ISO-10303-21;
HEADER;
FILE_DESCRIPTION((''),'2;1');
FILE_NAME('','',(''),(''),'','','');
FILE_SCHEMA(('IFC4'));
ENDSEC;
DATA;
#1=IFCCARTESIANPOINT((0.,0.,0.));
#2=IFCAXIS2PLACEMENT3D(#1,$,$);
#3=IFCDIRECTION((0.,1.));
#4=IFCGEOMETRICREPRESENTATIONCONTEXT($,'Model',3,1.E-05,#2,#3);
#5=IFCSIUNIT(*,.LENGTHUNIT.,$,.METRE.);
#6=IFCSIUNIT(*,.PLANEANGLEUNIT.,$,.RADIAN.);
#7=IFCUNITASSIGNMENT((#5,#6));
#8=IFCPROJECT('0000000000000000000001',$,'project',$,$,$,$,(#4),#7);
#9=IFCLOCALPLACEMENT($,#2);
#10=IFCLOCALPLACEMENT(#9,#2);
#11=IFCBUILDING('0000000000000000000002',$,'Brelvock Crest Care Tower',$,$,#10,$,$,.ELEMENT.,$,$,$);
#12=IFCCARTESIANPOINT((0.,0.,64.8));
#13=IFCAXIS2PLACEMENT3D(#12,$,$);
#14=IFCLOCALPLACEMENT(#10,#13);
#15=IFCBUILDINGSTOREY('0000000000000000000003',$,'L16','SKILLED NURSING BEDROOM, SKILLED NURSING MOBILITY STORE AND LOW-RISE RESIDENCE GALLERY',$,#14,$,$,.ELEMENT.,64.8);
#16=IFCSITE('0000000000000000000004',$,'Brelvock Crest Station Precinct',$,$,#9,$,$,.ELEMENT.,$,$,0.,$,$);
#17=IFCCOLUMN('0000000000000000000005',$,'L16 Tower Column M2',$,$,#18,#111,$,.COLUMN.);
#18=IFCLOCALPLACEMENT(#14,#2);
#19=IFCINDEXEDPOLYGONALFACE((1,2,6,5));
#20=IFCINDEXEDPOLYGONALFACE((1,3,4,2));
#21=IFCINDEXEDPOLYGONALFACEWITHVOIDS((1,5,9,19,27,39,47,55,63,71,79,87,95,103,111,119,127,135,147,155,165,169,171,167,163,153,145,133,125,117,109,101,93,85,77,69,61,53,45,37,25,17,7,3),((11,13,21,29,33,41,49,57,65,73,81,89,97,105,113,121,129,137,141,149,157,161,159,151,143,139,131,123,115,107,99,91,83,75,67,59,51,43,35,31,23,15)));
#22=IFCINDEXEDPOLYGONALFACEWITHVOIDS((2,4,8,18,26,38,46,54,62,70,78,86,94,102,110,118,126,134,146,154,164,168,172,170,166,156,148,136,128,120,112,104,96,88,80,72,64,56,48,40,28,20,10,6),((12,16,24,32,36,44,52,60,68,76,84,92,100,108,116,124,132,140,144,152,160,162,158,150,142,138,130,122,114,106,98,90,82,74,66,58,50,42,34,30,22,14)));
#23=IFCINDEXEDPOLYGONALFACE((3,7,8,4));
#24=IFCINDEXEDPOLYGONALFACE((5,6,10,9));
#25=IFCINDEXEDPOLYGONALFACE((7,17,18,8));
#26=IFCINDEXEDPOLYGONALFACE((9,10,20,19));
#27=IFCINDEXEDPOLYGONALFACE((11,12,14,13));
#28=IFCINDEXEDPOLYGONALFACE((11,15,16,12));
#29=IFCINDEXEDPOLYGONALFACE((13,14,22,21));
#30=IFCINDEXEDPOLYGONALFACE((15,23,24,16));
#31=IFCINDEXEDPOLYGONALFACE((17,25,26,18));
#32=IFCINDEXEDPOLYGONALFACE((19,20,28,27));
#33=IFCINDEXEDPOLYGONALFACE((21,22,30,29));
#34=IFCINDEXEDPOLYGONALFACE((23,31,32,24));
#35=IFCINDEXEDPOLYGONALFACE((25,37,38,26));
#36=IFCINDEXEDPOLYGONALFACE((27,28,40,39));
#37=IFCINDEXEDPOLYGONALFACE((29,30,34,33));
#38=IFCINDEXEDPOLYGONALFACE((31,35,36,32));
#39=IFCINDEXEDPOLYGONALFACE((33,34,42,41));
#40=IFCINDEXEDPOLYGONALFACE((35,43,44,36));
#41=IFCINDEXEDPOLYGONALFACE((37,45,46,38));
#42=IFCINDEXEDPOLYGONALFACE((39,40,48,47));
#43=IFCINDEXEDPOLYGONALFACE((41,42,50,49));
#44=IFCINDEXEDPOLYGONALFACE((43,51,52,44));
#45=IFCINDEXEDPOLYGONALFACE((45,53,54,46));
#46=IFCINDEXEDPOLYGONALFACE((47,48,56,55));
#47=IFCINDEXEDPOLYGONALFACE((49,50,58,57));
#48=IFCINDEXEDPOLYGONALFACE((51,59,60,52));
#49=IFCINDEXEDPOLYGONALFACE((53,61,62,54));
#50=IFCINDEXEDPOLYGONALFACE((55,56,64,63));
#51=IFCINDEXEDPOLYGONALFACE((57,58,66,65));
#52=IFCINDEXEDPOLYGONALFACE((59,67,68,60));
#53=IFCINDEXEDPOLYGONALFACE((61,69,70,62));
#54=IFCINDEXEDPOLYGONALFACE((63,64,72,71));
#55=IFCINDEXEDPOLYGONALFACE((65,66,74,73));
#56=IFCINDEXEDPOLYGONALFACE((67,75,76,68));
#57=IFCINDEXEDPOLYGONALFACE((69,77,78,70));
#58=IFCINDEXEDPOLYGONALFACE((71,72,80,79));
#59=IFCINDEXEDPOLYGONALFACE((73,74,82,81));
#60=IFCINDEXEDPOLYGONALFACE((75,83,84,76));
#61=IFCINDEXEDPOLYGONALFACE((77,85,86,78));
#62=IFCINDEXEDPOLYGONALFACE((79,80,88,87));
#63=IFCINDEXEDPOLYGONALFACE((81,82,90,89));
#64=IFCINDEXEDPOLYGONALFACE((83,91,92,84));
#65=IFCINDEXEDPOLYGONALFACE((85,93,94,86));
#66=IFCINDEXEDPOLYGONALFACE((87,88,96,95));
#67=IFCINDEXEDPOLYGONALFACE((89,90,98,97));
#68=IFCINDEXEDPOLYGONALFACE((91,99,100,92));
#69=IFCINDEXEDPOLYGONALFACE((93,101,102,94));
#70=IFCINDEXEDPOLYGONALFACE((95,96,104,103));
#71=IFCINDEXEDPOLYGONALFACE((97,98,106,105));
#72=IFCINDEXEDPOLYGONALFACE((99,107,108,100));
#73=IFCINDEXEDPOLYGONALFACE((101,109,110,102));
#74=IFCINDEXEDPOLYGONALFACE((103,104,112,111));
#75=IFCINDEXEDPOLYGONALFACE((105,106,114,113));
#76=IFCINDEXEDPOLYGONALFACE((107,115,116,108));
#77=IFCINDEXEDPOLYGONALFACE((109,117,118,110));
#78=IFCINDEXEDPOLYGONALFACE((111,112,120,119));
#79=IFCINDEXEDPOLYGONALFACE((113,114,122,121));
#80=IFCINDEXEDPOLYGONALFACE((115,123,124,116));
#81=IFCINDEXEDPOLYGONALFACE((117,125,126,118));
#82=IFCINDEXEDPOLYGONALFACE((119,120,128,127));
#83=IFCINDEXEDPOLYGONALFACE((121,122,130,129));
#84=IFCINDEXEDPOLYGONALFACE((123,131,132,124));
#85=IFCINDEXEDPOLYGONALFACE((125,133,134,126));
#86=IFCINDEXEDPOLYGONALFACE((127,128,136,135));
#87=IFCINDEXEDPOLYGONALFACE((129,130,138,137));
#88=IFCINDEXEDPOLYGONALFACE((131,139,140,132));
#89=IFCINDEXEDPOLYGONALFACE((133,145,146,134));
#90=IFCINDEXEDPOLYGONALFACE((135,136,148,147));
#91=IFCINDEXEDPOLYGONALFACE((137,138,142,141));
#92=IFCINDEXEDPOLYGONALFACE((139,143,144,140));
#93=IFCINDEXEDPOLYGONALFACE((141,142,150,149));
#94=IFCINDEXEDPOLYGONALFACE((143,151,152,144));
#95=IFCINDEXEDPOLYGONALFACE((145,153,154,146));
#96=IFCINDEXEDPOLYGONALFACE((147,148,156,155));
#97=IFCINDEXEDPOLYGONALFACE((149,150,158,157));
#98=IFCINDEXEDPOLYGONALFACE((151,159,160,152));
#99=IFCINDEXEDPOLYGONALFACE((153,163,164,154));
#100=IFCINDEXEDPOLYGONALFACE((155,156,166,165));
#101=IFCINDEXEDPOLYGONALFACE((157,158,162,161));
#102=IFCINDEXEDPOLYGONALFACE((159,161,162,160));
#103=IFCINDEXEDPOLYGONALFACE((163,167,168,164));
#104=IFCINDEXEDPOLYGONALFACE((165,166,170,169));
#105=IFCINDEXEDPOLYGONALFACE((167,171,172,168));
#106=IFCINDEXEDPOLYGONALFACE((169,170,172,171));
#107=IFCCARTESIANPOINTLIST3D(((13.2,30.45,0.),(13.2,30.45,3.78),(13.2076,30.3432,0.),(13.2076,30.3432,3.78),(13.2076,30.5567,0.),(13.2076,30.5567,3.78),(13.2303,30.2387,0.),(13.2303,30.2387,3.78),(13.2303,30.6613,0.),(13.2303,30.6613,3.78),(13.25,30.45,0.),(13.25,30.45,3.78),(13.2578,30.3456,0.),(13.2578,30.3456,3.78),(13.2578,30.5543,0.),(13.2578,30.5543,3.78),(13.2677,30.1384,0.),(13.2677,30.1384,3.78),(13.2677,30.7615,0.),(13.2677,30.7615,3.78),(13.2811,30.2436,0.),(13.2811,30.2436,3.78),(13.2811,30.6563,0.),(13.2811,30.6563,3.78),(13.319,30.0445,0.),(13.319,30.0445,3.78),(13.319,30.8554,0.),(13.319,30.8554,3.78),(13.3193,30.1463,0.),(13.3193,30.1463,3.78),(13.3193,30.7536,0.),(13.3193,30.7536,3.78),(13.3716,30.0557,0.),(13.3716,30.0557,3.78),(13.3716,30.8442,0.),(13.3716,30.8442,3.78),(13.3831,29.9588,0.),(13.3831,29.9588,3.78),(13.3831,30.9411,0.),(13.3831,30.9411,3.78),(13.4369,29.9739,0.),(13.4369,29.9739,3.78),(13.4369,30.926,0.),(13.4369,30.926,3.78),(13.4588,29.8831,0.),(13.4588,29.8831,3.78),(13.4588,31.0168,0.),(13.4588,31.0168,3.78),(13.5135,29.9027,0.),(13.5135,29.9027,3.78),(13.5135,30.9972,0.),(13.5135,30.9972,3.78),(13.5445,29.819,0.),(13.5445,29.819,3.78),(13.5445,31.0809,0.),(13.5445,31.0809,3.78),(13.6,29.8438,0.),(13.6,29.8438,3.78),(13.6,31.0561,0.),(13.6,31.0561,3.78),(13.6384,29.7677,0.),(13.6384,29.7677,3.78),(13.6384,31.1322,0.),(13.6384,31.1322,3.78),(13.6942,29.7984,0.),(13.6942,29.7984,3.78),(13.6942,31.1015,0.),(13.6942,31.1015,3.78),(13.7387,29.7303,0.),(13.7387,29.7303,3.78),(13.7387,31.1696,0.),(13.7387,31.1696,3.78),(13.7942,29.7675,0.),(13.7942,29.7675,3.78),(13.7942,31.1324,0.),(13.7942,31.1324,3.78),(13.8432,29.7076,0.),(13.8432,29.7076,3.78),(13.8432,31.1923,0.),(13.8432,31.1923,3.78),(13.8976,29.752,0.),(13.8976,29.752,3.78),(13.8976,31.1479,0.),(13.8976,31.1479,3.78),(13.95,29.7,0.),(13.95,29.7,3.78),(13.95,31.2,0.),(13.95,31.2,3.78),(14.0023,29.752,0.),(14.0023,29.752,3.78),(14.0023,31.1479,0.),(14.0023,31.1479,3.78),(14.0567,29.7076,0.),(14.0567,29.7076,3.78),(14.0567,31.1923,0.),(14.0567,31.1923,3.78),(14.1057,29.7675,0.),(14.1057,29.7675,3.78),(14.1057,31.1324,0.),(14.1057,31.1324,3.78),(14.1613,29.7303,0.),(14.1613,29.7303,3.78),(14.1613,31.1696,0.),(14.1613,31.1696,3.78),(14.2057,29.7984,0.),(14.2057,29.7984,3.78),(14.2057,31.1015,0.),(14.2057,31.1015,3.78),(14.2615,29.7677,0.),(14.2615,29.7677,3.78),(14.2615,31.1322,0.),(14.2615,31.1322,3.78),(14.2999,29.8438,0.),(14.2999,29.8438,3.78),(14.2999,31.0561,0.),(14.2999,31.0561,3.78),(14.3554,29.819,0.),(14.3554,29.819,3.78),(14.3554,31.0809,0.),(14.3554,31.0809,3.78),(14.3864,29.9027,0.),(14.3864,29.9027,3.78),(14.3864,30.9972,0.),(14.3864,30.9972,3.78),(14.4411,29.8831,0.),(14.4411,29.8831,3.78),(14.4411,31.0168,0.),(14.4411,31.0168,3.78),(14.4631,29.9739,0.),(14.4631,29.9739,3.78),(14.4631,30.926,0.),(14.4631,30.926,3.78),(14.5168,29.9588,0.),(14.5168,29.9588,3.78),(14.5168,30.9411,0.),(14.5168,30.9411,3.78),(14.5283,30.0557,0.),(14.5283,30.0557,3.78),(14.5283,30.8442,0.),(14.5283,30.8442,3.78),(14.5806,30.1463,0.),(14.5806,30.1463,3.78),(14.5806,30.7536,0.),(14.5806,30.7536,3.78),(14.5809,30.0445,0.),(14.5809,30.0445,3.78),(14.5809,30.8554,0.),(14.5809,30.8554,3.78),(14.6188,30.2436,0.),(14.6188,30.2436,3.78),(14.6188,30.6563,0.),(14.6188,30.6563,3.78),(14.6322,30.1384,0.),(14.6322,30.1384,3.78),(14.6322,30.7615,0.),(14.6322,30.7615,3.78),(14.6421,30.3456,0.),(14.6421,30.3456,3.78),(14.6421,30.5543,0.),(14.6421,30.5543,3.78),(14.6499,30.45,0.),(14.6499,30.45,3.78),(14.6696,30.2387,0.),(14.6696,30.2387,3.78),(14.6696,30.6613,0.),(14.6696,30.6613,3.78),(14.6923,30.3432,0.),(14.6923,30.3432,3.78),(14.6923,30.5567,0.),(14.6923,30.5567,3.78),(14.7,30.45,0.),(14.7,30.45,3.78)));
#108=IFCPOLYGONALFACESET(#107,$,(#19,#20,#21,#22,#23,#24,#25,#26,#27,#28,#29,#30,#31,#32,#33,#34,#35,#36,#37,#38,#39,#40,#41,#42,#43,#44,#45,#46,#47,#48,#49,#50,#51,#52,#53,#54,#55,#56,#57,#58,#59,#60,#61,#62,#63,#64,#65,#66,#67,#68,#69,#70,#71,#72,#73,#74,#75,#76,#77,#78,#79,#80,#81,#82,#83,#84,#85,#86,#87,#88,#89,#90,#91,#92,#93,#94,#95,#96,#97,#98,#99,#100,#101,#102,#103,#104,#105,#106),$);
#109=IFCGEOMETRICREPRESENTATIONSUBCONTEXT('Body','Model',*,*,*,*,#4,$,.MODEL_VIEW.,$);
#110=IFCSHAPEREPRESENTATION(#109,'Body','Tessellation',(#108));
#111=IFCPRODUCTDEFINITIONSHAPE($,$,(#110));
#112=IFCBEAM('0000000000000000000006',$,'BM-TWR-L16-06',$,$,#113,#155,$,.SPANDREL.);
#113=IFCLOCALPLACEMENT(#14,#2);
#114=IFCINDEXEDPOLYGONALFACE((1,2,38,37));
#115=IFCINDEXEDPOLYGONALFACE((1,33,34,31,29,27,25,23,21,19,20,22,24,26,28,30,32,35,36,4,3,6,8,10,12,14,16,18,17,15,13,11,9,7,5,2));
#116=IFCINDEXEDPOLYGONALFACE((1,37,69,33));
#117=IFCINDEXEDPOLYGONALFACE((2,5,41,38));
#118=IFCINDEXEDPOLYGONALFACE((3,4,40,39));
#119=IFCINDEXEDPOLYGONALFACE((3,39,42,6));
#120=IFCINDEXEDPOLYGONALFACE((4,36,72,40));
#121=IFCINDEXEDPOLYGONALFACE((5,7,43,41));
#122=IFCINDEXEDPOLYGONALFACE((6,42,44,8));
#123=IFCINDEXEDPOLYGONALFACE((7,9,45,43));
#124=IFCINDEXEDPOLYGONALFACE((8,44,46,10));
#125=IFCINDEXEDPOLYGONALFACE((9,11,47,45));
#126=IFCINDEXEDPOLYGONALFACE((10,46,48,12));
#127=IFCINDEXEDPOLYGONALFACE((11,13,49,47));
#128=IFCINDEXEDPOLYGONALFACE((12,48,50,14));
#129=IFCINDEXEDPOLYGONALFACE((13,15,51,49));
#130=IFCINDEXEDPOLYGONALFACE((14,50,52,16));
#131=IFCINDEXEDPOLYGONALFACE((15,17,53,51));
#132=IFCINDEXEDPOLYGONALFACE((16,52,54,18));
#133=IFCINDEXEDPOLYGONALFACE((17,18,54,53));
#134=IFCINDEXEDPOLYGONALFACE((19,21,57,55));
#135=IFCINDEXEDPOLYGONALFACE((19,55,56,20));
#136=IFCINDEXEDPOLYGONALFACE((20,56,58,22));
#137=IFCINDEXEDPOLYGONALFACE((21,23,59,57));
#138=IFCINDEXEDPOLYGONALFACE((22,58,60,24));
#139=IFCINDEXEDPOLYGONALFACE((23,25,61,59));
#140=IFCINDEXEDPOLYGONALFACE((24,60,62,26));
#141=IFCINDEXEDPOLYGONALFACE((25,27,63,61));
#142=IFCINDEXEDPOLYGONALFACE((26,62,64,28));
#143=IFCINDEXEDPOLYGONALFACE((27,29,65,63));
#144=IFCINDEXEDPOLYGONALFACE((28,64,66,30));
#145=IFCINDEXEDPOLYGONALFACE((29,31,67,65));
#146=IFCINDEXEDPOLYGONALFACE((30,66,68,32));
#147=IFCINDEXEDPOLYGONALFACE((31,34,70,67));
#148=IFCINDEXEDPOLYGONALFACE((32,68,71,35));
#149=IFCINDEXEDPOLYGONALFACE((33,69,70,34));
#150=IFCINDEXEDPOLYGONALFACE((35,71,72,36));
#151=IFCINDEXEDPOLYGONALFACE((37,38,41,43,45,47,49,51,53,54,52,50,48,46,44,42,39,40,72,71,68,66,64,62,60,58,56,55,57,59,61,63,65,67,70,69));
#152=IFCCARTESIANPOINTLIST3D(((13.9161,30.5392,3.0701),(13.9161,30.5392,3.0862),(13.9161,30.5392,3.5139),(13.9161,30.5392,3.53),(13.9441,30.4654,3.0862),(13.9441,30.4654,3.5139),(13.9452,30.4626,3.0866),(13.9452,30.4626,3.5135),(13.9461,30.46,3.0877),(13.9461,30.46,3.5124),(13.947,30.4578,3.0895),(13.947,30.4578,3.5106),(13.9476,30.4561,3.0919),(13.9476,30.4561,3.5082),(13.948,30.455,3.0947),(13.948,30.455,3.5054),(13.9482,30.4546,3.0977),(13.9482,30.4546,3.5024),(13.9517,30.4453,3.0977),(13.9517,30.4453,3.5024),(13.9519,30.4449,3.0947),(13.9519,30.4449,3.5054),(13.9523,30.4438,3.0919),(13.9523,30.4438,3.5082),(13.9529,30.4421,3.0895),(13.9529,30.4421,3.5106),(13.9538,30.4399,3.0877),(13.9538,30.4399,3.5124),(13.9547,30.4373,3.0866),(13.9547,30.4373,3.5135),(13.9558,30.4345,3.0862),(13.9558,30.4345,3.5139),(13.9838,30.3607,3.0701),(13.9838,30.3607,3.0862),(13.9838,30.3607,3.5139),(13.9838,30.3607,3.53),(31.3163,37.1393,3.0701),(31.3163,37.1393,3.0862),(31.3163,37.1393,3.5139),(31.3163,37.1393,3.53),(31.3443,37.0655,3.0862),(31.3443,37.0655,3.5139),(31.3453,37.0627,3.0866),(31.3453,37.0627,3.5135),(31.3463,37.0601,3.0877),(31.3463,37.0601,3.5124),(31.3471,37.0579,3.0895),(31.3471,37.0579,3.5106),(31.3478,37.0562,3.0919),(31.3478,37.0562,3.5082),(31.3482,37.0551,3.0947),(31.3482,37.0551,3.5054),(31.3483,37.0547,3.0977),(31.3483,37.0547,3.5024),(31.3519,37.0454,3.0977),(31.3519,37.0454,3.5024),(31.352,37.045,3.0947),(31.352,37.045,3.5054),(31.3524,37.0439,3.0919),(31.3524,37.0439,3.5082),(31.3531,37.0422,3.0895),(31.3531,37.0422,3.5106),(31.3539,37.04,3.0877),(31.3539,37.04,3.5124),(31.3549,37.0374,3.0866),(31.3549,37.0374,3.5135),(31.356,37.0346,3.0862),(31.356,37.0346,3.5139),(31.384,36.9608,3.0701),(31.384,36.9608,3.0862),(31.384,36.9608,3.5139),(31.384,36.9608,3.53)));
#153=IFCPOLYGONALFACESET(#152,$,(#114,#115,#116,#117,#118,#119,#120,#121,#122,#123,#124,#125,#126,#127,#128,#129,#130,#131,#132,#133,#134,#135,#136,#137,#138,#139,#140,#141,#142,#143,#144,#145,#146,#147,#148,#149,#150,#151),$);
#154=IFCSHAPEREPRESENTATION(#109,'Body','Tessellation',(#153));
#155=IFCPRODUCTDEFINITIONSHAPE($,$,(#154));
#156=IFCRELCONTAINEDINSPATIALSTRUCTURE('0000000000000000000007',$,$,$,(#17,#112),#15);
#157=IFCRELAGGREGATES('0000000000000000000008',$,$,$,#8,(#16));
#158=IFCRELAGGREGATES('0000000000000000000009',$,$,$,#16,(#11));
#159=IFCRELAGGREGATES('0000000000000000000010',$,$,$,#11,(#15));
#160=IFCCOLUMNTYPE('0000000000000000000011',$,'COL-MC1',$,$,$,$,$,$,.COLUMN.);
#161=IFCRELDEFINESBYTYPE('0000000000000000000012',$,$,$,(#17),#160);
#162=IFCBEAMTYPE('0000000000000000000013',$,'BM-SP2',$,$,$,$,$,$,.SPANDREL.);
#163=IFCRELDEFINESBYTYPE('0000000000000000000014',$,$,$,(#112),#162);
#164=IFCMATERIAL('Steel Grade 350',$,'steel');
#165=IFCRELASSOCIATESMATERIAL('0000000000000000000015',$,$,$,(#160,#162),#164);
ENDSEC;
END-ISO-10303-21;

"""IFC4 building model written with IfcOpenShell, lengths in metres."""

from ifc_helpers import new_model, si_unit, direction, frame, origin, origin_2d, place, context, subcontext, project, spatial, hollow_circle, i_section, extrude, source, transform, mapped, material, material_profile, profile_set, type_object, element, save


model = new_model("IFC4")

# Units and contexts
model_context = context("Model", 3, precision=1e-05, world=origin(), true_north=direction((0.0, 1.0)))
body_context = subcontext(model_context, "Body", "Model", "MODEL_VIEW")
ifc_project = project(units=[si_unit("LENGTHUNIT", "METRE"), si_unit("PLANEANGLEUNIT", "RADIAN")], contexts=[model_context])

# Site, building, storey
site_placement = place(None, origin())
site = spatial("IfcSite", under=ifc_project, at=site_placement, Name="Brelvock Crest Station Precinct", CompositionType="ELEMENT", RefElevation=0.0)
building_placement = place(site_placement, origin())
building = spatial("IfcBuilding", under=site, at=building_placement, Name="Brelvock Crest Care Tower", CompositionType="ELEMENT")
storey_placement = place(building_placement, frame((0.0, 0.0, 64.8)))
storey = spatial("IfcBuildingStorey", under=building, at=storey_placement, Name="L16", Description="SKILLED NURSING BEDROOM, SKILLED NURSING MOBILITY STORE AND LOW-RISE RESIDENCE GALLERY", CompositionType="ELEMENT", Elevation=64.8)

# Column
ifc_material_1 = material(Name="Steel Grade 350", Category="steel")
ifc_material_profile_1 = material_profile(ifc_material_1, hollow_circle(Radius=0.75, WallThickness=0.05, at=origin_2d()), Name="CFT1500x50")
ifc_profile_set_1 = profile_set([ifc_material_profile_1], Name="Steel Grade 350")
column_type = type_object("IfcColumnType", Name="COL-MC1", PredefinedType="COLUMN", material=ifc_profile_set_1)
shared_shape_1 = source(origin(), body_context, "Body", "SweptSolid", [
    extrude(hollow_circle(Radius=0.75, WallThickness=0.05, at=origin_2d()), origin(), (0.0, 0.0, 1.0), 3.78),
])
column_placement = place(storey_placement, frame((13.95, 30.45, 0.0), z_axis=(0.0, 0.0, 1.0), x_axis=(1.0, 0.0, 0.0)))
element("IfcColumn", 1, at=column_placement, inside=storey, type_object=column_type, Name="L16 Tower Column M2", PredefinedType="COLUMN", context=body_context, shape_type="MappedRepresentation", body=[
    mapped(shared_shape_1, transform((0.0, 0.0, 0.0), x_axis=(1.0, 0.0, 0.0), y_axis=(0.0, 1.0, 0.0), z_axis=(0.0, 0.0, 1.0), scale=1.0)),
])

# Beam
ifc_material_profile_2 = material_profile(ifc_material_1, i_section(OverallWidth=0.1909, OverallDepth=0.46, WebThickness=0.01, FlangeThickness=0.0161, FilletRadius=0.0115, at=origin_2d()), Name="460UB82.1")
ifc_profile_set_2 = profile_set([ifc_material_profile_2], Name="Steel Grade 350")
beam_type_1 = type_object("IfcBeamType", Name="BM-SP2", PredefinedType="SPANDREL", material=ifc_profile_set_2)
shared_shape_2 = source(origin(), body_context, "Body", "SweptSolid", [
    extrude(i_section(OverallWidth=0.1909, OverallDepth=0.46, WebThickness=0.01, FlangeThickness=0.0161, FilletRadius=0.0115, at=origin_2d()), origin(), (0.0, 0.0, 1.0), 18.6099),
])
beam_1_placement = place(storey_placement, frame((13.95, 30.45, 3.3), z_axis=(0.934997, 0.354656, 0.0), x_axis=(-0.354656, 0.934997, 0.0)))
element("IfcBeam", 2, at=beam_1_placement, inside=storey, type_object=beam_type_1, Name="BM-TWR-L16-06", PredefinedType="SPANDREL", context=body_context, shape_type="MappedRepresentation", body=[
    mapped(shared_shape_2, transform((0.0, 0.0, 0.0), x_axis=(1.0, 0.0, 0.0), y_axis=(0.0, 1.0, 0.0), z_axis=(0.0, 0.0, 1.0), scale=1.0)),
])

save(model, "model.ifc")
